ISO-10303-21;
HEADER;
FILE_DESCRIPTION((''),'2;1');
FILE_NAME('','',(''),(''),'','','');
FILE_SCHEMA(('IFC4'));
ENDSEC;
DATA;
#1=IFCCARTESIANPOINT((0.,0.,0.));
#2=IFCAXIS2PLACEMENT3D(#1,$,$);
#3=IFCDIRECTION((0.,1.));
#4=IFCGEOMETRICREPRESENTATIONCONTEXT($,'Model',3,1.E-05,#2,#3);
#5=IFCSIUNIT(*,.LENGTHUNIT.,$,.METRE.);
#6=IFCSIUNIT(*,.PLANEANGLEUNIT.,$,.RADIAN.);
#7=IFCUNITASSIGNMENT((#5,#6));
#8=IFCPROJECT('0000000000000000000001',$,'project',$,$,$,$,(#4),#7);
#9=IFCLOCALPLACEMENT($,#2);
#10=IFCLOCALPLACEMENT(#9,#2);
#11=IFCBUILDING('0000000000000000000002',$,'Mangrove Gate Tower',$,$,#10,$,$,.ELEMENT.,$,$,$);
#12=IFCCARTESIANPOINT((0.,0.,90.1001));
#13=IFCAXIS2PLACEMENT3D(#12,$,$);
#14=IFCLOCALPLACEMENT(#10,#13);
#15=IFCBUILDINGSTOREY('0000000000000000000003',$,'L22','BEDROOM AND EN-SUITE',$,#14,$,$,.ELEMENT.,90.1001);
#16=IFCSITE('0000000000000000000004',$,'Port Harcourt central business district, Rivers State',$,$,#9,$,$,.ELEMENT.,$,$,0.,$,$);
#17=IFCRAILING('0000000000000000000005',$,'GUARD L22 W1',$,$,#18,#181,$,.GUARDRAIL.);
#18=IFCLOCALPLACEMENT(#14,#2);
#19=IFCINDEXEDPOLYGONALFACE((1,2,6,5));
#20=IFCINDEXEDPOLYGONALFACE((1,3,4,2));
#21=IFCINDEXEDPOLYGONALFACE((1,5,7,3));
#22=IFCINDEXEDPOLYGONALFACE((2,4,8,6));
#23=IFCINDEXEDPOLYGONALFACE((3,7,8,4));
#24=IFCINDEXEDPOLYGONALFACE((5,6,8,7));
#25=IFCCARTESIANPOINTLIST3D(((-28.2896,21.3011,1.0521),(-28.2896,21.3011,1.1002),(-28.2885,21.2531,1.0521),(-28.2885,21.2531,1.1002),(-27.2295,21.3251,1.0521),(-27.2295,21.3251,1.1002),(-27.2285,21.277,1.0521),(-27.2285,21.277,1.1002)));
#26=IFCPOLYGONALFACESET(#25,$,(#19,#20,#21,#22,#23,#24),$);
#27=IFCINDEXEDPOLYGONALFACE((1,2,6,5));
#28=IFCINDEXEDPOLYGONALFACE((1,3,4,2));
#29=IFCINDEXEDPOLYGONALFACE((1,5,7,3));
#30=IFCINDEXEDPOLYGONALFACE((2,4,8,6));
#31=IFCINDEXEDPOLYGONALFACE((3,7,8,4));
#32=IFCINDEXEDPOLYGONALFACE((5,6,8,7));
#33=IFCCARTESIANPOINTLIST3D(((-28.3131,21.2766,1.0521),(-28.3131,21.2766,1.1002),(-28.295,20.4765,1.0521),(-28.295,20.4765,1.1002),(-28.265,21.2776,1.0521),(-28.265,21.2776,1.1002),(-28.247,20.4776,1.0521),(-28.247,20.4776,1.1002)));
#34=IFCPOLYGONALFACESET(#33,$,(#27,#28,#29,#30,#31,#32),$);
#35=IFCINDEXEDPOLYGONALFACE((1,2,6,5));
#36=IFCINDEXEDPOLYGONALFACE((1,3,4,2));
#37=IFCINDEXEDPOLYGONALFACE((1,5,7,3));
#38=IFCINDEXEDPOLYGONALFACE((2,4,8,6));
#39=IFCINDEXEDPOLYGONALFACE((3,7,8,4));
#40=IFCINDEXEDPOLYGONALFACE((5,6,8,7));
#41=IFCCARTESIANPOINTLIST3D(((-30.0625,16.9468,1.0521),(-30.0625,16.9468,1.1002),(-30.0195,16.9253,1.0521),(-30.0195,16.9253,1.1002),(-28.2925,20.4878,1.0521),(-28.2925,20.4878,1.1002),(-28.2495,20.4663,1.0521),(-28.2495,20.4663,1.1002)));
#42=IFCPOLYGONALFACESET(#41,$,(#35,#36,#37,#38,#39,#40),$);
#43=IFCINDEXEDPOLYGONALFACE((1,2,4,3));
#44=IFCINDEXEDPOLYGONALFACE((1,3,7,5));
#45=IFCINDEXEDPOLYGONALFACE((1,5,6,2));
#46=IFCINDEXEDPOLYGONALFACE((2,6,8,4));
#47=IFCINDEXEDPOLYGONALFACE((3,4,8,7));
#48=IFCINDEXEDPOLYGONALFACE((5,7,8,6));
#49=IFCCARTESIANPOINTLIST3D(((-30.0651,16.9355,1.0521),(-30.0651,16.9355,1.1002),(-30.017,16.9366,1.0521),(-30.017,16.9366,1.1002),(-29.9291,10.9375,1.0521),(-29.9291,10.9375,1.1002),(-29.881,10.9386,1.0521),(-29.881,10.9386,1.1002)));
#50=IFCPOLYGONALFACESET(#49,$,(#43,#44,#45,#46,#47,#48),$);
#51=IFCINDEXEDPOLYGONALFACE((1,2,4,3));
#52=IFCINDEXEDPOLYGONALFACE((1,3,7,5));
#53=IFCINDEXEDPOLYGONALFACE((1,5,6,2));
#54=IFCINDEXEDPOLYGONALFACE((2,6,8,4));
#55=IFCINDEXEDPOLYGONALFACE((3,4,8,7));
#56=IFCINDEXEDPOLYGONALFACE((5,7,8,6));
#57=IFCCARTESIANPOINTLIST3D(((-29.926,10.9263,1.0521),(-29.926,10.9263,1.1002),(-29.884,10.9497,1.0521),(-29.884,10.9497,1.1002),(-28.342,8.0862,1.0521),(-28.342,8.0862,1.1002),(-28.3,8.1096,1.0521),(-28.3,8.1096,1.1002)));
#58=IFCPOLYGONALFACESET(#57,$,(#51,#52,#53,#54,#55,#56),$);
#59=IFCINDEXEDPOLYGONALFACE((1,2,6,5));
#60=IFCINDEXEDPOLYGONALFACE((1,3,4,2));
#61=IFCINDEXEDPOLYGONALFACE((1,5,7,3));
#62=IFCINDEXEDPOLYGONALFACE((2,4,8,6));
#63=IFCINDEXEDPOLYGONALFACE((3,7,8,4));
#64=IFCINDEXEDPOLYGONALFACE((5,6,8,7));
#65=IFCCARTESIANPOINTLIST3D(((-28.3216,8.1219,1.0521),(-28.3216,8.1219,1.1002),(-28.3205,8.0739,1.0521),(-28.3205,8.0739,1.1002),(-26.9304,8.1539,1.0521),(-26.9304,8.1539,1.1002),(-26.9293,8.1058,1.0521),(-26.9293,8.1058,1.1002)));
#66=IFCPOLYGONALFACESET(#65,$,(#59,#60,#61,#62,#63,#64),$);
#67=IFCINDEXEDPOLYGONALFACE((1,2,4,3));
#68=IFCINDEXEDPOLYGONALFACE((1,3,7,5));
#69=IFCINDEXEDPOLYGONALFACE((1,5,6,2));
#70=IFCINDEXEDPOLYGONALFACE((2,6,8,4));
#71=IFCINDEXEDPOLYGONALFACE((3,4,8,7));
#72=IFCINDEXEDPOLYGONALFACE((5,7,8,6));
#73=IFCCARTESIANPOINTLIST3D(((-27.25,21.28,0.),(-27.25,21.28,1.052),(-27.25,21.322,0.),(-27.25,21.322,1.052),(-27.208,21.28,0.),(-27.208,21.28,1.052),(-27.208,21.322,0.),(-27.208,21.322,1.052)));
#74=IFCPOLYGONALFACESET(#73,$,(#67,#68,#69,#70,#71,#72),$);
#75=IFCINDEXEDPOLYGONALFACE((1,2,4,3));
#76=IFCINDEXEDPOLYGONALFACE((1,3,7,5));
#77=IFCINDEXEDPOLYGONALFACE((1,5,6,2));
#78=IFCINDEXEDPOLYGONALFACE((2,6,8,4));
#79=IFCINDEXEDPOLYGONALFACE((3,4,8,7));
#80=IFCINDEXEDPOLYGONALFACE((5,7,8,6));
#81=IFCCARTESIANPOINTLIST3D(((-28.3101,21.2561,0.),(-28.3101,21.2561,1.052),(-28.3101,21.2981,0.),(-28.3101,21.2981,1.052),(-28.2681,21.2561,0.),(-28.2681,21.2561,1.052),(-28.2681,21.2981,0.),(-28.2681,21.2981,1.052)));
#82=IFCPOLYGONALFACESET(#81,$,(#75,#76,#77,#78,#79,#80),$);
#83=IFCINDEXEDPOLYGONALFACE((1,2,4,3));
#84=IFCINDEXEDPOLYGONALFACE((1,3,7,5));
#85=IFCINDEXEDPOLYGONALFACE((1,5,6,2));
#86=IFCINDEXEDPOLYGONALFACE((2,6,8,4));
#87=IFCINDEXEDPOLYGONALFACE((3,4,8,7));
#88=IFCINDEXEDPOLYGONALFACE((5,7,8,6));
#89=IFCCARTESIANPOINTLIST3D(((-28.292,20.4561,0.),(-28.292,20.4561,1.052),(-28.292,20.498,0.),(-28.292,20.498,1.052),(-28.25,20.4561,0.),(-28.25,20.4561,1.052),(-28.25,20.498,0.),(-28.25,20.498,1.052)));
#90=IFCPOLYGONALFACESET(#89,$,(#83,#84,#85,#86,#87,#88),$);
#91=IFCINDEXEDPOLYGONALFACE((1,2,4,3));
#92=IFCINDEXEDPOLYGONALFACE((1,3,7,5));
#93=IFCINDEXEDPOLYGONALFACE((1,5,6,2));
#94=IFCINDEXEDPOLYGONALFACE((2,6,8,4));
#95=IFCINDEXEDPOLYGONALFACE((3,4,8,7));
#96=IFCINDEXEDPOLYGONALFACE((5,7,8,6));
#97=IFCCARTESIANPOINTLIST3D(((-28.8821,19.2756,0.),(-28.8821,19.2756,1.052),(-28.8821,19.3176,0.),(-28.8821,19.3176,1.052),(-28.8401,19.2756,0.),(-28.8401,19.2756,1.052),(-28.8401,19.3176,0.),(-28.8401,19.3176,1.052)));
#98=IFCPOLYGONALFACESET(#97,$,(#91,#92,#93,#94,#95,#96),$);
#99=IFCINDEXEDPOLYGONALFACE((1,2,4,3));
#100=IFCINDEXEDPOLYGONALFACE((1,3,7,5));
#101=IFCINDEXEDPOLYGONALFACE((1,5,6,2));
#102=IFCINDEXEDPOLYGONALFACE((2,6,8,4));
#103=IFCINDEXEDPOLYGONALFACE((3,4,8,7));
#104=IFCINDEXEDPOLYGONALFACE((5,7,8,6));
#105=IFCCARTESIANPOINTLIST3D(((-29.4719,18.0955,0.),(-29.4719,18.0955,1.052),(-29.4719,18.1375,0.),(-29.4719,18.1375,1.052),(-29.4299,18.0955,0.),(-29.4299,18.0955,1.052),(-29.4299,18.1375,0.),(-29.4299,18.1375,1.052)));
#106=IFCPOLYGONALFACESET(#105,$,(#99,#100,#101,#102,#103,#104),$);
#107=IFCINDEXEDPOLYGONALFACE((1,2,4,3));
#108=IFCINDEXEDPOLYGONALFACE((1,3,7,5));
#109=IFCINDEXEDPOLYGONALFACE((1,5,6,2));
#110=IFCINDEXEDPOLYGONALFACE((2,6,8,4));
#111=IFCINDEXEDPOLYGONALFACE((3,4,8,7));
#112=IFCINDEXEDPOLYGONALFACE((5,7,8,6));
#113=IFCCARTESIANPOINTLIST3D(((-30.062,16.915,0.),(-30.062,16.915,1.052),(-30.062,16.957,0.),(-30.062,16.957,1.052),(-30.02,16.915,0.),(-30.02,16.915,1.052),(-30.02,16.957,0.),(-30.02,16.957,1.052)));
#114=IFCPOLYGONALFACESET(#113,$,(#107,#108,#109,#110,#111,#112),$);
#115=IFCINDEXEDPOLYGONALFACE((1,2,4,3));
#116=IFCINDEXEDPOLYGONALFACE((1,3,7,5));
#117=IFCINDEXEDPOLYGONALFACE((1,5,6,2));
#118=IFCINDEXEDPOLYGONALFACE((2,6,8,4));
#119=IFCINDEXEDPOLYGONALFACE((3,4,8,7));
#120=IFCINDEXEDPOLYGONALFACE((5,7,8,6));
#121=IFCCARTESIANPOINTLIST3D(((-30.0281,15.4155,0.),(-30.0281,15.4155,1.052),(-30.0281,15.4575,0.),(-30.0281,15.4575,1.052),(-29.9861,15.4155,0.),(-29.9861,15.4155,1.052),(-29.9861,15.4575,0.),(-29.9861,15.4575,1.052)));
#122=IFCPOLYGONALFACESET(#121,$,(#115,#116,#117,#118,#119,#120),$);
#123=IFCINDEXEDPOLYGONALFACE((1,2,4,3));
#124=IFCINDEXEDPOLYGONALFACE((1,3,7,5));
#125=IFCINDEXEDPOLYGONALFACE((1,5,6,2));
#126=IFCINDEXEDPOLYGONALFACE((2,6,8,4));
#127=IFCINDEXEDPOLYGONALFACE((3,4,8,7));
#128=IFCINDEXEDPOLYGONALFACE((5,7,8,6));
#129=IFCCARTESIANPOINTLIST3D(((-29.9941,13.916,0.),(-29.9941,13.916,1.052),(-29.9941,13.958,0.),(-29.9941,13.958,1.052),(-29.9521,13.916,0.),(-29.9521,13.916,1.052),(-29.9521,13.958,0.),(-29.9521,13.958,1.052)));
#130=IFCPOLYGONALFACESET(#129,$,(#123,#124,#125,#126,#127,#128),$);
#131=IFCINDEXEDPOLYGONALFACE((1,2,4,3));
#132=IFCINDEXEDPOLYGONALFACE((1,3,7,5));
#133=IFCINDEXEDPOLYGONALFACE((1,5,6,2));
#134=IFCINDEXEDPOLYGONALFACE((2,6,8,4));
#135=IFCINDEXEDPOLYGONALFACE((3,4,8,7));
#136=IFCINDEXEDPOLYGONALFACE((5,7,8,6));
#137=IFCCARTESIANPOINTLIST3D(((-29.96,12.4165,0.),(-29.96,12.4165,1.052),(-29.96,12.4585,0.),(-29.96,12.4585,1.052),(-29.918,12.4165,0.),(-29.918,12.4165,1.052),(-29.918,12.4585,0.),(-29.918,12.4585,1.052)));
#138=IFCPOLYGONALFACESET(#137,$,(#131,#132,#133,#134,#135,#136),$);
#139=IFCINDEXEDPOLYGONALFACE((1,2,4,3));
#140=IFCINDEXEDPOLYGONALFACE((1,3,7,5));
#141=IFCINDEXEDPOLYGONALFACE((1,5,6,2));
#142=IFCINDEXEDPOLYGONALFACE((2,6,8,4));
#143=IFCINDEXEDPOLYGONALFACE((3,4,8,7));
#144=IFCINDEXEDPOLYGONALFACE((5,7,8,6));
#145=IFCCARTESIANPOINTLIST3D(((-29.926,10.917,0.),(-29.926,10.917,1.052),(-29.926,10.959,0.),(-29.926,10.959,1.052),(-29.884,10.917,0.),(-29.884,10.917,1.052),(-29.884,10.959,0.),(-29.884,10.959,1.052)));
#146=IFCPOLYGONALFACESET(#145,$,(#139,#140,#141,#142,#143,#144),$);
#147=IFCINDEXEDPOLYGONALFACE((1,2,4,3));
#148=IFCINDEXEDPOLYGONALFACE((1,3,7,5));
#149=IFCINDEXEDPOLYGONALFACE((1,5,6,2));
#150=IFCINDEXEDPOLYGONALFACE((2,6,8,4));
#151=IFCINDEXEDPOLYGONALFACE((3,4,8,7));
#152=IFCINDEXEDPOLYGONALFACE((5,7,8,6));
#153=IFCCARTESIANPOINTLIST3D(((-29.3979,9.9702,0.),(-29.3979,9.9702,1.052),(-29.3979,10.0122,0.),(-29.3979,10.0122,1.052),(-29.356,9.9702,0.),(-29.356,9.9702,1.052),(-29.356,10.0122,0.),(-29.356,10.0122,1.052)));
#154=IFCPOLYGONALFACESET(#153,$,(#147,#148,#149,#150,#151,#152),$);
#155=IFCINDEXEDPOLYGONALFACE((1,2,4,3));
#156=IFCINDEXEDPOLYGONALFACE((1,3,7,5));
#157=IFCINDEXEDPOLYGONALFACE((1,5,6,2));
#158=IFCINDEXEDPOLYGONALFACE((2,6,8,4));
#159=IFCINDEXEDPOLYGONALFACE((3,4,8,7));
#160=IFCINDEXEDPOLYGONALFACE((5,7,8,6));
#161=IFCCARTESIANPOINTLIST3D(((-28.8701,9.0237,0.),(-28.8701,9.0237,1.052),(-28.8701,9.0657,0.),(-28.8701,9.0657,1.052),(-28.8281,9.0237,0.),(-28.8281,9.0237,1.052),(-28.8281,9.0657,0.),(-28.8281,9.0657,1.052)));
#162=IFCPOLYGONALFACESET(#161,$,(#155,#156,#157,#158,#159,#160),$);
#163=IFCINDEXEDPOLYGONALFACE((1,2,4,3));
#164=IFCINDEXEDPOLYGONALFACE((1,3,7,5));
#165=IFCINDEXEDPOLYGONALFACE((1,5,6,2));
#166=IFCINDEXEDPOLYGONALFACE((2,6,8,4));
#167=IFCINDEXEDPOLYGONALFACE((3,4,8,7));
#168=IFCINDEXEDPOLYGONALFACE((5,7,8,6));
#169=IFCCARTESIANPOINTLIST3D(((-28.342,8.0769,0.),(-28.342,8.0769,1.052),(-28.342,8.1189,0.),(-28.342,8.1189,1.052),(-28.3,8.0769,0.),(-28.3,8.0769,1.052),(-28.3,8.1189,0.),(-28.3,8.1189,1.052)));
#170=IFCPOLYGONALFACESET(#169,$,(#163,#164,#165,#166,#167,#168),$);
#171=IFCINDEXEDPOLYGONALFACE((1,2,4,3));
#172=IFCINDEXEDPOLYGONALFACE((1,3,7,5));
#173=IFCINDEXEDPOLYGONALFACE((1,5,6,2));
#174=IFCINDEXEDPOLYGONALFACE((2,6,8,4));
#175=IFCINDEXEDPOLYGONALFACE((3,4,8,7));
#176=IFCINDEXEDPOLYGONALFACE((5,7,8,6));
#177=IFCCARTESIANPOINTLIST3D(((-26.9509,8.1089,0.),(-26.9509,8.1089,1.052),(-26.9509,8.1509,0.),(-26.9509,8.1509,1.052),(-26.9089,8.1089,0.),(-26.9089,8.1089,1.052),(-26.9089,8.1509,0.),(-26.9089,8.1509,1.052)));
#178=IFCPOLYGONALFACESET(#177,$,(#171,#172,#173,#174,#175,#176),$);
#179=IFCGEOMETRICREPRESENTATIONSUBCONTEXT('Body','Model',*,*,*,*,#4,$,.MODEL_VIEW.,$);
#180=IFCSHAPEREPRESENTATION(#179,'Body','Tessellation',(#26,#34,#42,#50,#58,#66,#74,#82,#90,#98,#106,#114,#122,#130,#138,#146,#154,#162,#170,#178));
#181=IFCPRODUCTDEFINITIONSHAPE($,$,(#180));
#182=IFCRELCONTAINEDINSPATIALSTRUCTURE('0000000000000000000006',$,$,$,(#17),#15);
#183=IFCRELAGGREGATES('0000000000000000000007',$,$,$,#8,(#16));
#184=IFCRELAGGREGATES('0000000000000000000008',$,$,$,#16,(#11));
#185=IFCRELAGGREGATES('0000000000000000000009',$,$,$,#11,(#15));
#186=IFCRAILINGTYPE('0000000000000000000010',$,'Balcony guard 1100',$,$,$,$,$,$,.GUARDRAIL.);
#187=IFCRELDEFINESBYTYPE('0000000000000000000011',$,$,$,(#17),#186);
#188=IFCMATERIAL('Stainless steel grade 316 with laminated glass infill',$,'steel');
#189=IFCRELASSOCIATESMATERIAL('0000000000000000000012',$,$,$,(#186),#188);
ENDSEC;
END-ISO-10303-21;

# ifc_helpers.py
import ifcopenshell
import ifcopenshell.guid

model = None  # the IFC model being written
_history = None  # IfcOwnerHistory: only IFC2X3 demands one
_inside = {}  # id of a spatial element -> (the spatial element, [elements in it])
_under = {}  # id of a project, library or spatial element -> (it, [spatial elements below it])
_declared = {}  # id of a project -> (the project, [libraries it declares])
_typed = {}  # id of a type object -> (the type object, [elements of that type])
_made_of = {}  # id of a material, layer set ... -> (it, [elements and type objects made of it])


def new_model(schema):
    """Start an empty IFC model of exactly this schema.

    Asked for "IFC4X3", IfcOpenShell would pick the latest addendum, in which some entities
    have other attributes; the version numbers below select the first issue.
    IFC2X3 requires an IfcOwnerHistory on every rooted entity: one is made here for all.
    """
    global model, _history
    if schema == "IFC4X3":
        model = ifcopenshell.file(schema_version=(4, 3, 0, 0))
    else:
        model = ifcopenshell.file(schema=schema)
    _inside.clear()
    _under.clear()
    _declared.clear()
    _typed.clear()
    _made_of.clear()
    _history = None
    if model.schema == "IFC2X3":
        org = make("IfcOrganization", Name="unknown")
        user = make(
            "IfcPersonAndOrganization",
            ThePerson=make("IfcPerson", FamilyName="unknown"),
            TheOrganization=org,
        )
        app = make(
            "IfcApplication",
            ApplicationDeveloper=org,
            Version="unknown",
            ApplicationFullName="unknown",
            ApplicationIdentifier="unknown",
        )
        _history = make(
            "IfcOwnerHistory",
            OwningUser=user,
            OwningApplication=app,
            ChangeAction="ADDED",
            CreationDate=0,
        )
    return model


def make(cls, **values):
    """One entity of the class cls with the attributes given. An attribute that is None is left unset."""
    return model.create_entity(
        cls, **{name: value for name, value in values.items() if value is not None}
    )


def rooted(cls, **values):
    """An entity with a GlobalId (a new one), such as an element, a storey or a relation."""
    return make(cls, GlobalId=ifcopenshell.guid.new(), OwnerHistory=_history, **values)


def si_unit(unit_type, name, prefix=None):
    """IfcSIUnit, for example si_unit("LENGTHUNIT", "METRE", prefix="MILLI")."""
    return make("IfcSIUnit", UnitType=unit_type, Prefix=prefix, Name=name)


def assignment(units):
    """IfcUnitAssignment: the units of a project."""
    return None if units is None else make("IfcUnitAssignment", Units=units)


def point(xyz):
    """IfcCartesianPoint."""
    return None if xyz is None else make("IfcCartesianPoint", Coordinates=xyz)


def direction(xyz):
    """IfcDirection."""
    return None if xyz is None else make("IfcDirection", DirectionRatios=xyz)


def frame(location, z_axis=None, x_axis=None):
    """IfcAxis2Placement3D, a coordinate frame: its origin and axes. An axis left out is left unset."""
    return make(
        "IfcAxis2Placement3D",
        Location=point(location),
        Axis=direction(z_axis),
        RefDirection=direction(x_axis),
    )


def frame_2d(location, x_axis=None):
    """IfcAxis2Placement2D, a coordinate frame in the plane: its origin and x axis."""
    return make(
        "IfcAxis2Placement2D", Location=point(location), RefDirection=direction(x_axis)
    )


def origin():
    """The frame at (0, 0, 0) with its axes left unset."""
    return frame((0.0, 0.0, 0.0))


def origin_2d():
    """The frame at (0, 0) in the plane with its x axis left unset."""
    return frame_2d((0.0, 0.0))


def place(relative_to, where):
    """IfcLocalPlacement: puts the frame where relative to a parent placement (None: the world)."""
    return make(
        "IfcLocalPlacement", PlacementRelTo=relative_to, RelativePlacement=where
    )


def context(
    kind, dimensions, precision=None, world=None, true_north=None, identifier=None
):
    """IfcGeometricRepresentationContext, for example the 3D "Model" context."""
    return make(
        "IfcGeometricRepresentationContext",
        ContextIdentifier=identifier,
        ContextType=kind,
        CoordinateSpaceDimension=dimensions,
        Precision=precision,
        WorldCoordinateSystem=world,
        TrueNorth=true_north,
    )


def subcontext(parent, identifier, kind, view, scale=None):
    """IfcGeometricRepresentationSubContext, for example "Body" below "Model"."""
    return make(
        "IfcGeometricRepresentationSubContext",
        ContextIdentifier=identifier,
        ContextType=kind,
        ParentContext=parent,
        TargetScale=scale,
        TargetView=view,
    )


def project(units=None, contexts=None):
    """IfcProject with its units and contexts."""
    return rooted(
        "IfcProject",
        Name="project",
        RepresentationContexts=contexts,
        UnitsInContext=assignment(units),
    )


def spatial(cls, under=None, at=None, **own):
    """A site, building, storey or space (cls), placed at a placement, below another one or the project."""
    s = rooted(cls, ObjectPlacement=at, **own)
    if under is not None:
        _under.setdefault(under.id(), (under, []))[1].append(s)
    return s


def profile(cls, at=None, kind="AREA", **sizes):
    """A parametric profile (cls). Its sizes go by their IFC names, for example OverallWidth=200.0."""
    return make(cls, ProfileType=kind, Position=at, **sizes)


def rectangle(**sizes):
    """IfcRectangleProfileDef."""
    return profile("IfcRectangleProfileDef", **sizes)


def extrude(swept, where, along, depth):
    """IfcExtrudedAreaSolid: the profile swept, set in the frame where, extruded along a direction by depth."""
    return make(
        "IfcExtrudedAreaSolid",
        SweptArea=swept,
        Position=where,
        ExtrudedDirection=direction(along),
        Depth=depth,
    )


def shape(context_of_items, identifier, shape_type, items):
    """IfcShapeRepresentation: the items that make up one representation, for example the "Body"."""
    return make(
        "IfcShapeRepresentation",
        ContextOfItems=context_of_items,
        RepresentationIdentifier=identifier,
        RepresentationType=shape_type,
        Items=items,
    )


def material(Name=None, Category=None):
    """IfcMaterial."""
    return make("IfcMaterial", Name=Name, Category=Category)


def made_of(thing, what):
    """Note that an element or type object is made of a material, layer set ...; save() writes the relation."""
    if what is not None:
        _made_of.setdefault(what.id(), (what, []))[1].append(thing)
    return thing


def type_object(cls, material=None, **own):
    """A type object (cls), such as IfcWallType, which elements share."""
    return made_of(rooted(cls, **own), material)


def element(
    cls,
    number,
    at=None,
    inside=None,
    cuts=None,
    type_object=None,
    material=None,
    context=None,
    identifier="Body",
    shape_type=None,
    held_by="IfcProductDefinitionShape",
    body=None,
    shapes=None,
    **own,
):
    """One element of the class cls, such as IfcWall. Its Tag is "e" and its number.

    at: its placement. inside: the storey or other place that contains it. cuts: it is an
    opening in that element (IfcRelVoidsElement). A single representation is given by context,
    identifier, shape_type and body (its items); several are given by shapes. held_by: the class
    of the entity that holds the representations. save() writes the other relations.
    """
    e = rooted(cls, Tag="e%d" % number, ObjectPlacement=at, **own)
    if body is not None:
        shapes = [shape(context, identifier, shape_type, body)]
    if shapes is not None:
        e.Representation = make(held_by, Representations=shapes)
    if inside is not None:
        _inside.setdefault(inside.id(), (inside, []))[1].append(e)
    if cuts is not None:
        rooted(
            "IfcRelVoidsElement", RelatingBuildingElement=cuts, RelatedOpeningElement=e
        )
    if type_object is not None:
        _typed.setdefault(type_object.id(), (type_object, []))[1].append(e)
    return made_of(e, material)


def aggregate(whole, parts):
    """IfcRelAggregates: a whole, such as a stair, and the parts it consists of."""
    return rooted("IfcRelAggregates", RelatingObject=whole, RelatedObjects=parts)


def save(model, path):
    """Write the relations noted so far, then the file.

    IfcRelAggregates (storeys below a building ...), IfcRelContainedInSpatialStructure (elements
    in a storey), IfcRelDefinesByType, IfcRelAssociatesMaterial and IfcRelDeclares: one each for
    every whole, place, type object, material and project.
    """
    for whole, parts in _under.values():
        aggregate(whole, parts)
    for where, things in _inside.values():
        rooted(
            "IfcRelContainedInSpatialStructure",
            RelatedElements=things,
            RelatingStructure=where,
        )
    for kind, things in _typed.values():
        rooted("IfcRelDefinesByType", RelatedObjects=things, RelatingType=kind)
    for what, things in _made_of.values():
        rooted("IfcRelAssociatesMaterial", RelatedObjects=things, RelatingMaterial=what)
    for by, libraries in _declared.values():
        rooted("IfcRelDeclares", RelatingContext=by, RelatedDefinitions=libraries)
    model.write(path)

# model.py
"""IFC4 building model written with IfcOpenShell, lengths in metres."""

from ifc_helpers import new_model, si_unit, direction, frame, origin, origin_2d, place, context, subcontext, project, spatial, rectangle, extrude, material, type_object, element, save


model = new_model("IFC4")

# Units and contexts
model_context = context("Model", 3, precision=1e-05, world=origin(), true_north=direction((0.0, 1.0)))
body_context = subcontext(model_context, "Body", "Model", "MODEL_VIEW")
ifc_project = project(units=[si_unit("LENGTHUNIT", "METRE"), si_unit("PLANEANGLEUNIT", "RADIAN")], contexts=[model_context])

# Site, building, storey
site_placement = place(None, origin())
site = spatial("IfcSite", under=ifc_project, at=site_placement, Name="Port Harcourt central business district, Rivers State", CompositionType="ELEMENT", RefElevation=0.0)
building_placement = place(site_placement, origin())
building = spatial("IfcBuilding", under=site, at=building_placement, Name="Mangrove Gate Tower", CompositionType="ELEMENT")
storey_placement = place(building_placement, frame((0.0, 0.0, 90.1001)))
storey = spatial("IfcBuildingStorey", under=building, at=storey_placement, Name="L22", Description="BEDROOM AND EN-SUITE", CompositionType="ELEMENT", Elevation=90.1001)

# Railing
ifc_material_1 = material(Name="Stainless steel grade 316 with laminated glass infill", Category="steel")
railing_type = type_object("IfcRailingType", Name="Balcony guard 1100", PredefinedType="GUARDRAIL", material=ifc_material_1)
railing_placement = place(storey_placement, frame((-27.229, 21.301, 0.0)))
element("IfcRailing", 1, at=railing_placement, inside=storey, type_object=railing_type, Name="GUARD L22 W1", PredefinedType="GUARDRAIL", context=body_context, shape_type="SweptSolid", body=[
    extrude(rectangle(XDim=0.0481, YDim=0.0481, at=origin_2d()), frame((0.0, 0.0, 1.0762), z_axis=(-0.999745, -0.022564, 0.0), x_axis=(0.022564, -0.999745, 0.0)), (0.0, 0.0, 1.0), 1.0603),
    extrude(rectangle(XDim=0.0481, YDim=0.0481, at=origin_2d()), frame((-1.0601, -0.0239, 1.0762), z_axis=(0.022576, -0.999745, 0.0), x_axis=(0.999745, 0.022576, 0.0)), (0.0, 0.0, 1.0), 0.8003),
    extrude(rectangle(XDim=0.0481, YDim=0.0481, at=origin_2d()), frame((-1.042, -0.824, 1.0762), z_axis=(-0.447115, -0.894477, 0.0), x_axis=(0.894477, -0.447115, 0.0)), (0.0, 0.0, 1.0), 3.9587),
    extrude(rectangle(XDim=0.0481, YDim=0.0481, at=origin_2d()), frame((-2.812, -4.365, 1.0762), z_axis=(0.022666, -0.999743, 0.0), x_axis=(0.999743, 0.022666, 0.0)), (0.0, 0.0, 1.0), 5.9995),
    extrude(rectangle(XDim=0.0481, YDim=0.0481, at=origin_2d()), frame((-2.676, -10.363, 1.0762), z_axis=(0.487089, -0.873352, 0.0), x_axis=(0.873352, 0.487089, 0.0)), (0.0, 0.0, 1.0), 3.252),
    extrude(rectangle(XDim=0.0481, YDim=0.0481, at=origin_2d()), frame((-1.092, -13.2031, 1.0762), z_axis=(0.999736, 0.022984, 0.0), x_axis=(-0.022984, 0.999736, 0.0)), (0.0, 0.0, 1.0), 1.3916),
    extrude(rectangle(XDim=0.042, YDim=0.042, at=origin_2d()), origin(), (0.0, 0.0, 1.0), 1.052),
    extrude(rectangle(XDim=0.042, YDim=0.042, at=origin_2d()), frame((-1.0601, -0.0239, 0.0)), (0.0, 0.0, 1.0), 1.052),
    extrude(rectangle(XDim=0.042, YDim=0.042, at=origin_2d()), frame((-1.042, -0.824, 0.0)), (0.0, 0.0, 1.0), 1.052),
    extrude(rectangle(XDim=0.042, YDim=0.042, at=origin_2d()), frame((-1.6321, -2.0044, 0.0)), (0.0, 0.0, 1.0), 1.052),
    extrude(rectangle(XDim=0.042, YDim=0.042, at=origin_2d()), frame((-2.2219, -3.1846, 0.0)), (0.0, 0.0, 1.0), 1.052),
    extrude(rectangle(XDim=0.042, YDim=0.042, at=origin_2d()), frame((-2.812, -4.365, 0.0)), (0.0, 0.0, 1.0), 1.052),
    extrude(rectangle(XDim=0.042, YDim=0.042, at=origin_2d()), frame((-2.7781, -5.8645, 0.0)), (0.0, 0.0, 1.0), 1.052),
    extrude(rectangle(XDim=0.042, YDim=0.042, at=origin_2d()), frame((-2.7441, -7.364, 0.0)), (0.0, 0.0, 1.0), 1.052),
    extrude(rectangle(XDim=0.042, YDim=0.042, at=origin_2d()), frame((-2.71, -8.8635, 0.0)), (0.0, 0.0, 1.0), 1.052),
    extrude(rectangle(XDim=0.042, YDim=0.042, at=origin_2d()), frame((-2.676, -10.363, 0.0)), (0.0, 0.0, 1.0), 1.052),
    extrude(rectangle(XDim=0.042, YDim=0.042, at=origin_2d()), frame((-2.1479, -11.3098, 0.0)), (0.0, 0.0, 1.0), 1.052),
    extrude(rectangle(XDim=0.042, YDim=0.042, at=origin_2d()), frame((-1.6201, -12.2563, 0.0)), (0.0, 0.0, 1.0), 1.052),
    extrude(rectangle(XDim=0.042, YDim=0.042, at=origin_2d()), frame((-1.092, -13.2031, 0.0)), (0.0, 0.0, 1.0), 1.052),
    extrude(rectangle(XDim=0.042, YDim=0.042, at=origin_2d()), frame((0.2991, -13.1711, 0.0)), (0.0, 0.0, 1.0), 1.052),
])

save(model, "model.ifc")
